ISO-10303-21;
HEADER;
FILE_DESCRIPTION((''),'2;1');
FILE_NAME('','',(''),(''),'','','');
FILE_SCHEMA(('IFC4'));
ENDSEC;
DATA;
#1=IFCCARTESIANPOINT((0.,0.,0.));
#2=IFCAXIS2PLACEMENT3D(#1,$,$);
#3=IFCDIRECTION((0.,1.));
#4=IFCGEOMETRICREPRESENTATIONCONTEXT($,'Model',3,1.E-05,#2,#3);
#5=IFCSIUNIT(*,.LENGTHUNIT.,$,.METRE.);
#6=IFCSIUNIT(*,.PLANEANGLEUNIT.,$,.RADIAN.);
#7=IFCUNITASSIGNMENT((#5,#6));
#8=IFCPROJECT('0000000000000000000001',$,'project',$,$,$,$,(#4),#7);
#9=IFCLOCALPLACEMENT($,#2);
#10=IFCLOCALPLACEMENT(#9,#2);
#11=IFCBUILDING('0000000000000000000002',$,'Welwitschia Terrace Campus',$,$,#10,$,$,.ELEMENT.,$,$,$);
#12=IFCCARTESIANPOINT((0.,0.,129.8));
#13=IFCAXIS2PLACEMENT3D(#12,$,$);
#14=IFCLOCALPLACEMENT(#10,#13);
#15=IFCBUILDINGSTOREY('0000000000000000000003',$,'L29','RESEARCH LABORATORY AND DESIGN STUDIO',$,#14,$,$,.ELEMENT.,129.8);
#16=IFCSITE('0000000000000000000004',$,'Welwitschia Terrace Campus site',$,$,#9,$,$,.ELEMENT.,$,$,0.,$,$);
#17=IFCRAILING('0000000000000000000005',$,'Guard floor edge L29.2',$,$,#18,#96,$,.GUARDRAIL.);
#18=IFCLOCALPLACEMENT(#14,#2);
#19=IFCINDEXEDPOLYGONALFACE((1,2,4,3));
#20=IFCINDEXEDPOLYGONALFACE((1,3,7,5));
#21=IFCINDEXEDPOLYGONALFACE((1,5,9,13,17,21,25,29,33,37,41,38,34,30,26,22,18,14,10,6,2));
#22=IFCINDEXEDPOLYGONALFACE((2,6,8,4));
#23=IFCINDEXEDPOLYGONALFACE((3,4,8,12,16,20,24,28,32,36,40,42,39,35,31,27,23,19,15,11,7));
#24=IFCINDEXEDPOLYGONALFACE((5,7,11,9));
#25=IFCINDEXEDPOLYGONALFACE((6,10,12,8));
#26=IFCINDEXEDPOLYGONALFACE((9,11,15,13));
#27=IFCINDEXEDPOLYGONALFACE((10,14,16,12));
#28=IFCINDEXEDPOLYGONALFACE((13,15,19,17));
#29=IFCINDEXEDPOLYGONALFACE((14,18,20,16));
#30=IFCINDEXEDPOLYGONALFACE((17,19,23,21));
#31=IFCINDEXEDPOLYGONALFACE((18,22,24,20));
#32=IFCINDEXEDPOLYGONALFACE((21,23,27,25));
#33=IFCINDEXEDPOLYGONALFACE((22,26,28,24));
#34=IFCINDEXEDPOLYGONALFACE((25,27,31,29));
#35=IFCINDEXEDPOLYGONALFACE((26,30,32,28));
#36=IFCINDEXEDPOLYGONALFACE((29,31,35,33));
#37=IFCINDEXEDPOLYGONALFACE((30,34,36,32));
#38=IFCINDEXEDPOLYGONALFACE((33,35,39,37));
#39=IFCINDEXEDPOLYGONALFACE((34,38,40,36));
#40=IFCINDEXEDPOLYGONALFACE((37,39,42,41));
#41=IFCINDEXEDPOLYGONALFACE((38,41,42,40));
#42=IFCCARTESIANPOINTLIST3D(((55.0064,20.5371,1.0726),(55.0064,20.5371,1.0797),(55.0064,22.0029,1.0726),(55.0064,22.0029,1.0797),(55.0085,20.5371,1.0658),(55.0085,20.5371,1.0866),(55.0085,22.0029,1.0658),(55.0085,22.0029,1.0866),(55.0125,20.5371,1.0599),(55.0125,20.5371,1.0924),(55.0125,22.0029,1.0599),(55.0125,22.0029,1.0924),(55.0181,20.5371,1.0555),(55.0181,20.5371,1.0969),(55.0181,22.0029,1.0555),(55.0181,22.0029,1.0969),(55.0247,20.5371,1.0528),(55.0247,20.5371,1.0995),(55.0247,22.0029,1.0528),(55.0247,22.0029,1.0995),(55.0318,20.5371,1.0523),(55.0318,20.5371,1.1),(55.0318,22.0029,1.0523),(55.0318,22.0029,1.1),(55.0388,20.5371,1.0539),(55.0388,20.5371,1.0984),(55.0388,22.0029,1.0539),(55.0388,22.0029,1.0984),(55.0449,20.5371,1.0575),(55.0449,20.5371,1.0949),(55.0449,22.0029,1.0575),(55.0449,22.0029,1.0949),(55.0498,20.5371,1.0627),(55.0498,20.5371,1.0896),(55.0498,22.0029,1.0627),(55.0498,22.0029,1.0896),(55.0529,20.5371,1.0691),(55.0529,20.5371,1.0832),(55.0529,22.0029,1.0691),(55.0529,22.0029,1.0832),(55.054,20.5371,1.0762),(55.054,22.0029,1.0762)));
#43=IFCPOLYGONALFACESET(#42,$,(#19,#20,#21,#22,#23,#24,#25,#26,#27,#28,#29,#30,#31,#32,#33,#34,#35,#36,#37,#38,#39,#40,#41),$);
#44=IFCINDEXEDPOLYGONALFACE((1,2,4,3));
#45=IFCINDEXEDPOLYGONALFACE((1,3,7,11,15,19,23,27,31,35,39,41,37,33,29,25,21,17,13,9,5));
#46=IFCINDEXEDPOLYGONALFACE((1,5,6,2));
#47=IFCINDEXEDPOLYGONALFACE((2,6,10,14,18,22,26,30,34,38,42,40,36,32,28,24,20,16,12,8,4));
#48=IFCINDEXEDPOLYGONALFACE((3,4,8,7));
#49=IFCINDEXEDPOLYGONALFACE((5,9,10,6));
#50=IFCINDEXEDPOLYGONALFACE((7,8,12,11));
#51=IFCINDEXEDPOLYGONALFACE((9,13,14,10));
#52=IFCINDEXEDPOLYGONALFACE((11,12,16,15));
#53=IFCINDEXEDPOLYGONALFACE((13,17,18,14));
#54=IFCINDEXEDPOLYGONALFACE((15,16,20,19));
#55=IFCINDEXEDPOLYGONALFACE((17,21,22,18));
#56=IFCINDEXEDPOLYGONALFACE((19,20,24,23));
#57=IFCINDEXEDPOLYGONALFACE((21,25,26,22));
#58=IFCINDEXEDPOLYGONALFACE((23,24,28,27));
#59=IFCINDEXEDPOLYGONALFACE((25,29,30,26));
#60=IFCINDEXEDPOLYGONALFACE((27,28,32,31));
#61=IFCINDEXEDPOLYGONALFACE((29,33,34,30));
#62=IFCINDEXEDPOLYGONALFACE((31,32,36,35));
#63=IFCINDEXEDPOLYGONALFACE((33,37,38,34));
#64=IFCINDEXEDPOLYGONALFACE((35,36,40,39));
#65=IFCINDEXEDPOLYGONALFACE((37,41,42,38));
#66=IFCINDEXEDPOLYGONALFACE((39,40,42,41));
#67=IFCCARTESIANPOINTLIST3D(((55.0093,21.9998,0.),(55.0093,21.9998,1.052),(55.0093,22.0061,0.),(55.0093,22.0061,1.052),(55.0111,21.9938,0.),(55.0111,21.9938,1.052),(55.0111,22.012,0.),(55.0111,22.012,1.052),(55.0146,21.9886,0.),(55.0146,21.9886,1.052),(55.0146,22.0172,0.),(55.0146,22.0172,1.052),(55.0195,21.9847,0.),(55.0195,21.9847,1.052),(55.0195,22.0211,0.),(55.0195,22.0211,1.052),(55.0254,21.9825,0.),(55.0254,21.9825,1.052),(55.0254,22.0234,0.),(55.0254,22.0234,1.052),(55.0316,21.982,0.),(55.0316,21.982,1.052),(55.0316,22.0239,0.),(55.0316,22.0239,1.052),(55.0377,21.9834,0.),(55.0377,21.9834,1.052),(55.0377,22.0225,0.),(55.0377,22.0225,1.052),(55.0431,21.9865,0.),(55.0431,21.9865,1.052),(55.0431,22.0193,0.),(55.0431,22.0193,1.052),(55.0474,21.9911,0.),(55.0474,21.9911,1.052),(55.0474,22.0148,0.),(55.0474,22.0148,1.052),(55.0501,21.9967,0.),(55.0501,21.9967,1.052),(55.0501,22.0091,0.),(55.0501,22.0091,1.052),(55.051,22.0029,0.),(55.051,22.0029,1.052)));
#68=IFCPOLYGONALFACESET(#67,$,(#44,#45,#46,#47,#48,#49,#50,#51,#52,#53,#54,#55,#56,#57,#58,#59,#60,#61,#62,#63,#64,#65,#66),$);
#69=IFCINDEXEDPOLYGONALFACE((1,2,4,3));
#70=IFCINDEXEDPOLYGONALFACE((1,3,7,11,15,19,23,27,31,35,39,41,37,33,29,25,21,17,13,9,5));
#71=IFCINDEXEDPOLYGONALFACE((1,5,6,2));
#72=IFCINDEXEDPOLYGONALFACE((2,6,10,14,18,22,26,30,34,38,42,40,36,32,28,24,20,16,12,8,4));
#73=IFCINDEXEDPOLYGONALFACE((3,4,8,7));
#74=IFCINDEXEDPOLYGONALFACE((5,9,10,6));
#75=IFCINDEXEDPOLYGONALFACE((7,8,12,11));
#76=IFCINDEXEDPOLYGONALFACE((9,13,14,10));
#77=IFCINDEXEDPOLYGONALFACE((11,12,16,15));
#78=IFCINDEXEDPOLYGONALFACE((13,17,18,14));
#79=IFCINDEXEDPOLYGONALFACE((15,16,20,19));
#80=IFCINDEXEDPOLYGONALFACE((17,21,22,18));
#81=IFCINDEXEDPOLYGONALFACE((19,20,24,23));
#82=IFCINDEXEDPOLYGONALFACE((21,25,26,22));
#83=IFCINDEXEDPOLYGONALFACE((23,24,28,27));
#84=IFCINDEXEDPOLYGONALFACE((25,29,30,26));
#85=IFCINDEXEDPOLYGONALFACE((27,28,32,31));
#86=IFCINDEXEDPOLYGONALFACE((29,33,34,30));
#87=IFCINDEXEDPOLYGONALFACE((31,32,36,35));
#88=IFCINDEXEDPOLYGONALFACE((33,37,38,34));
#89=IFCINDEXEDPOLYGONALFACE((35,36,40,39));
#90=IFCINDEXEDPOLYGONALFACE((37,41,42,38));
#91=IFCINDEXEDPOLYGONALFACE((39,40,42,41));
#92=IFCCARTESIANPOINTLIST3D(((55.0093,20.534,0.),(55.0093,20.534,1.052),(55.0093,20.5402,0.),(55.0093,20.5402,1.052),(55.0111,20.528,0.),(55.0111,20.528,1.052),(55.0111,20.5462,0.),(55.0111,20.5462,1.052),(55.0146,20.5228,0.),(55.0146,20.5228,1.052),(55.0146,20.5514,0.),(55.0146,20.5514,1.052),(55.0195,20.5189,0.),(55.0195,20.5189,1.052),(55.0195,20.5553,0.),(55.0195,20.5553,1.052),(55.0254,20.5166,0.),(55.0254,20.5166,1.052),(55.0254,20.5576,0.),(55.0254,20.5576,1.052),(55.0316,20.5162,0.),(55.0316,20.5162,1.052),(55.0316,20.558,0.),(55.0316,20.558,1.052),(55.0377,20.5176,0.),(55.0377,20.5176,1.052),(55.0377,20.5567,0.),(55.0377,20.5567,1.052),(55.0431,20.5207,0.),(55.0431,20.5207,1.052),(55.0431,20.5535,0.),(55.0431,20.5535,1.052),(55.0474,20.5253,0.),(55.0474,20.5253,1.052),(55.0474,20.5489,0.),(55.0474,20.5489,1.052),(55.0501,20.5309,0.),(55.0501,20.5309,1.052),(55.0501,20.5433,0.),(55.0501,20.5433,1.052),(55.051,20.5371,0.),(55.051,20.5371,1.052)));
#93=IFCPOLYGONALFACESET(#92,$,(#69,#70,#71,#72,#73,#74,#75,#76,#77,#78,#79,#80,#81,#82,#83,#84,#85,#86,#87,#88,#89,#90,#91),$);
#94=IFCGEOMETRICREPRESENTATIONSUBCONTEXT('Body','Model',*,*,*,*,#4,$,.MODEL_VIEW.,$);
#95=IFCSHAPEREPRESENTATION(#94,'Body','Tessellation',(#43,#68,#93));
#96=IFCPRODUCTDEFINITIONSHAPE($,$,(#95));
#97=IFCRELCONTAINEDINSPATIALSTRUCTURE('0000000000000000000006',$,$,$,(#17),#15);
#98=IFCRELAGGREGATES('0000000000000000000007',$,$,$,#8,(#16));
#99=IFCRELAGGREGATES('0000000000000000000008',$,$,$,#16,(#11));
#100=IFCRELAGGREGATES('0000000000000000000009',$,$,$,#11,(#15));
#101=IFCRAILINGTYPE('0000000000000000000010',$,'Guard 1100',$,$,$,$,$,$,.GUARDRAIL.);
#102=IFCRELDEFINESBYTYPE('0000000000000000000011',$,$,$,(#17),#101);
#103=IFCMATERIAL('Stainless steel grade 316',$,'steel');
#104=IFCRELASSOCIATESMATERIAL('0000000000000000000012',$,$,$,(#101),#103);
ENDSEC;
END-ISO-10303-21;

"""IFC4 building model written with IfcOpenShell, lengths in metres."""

from ifc_helpers import new_model, si_unit, direction, frame, origin, origin_2d, place, context, subcontext, project, spatial, circle, extrude, material, type_object, element, save


model = new_model("IFC4")

# Units and contexts
model_context = context("Model", 3, precision=1e-05, world=origin(), true_north=direction((0.0, 1.0)))
body_context = subcontext(model_context, "Body", "Model", "MODEL_VIEW")
ifc_project = project(units=[si_unit("LENGTHUNIT", "METRE"), si_unit("PLANEANGLEUNIT", "RADIAN")], contexts=[model_context])

# Site, building, storey
site_placement = place(None, origin())
site = spatial("IfcSite", under=ifc_project, at=site_placement, Name="Welwitschia Terrace Campus site", CompositionType="ELEMENT", RefElevation=0.0)
building_placement = place(site_placement, origin())
building = spatial("IfcBuilding", under=site, at=building_placement, Name="Welwitschia Terrace Campus", CompositionType="ELEMENT")
storey_placement = place(building_placement, frame((0.0, 0.0, 129.8)))
storey = spatial("IfcBuildingStorey", under=building, at=storey_placement, Name="L29", Description="RESEARCH LABORATORY AND DESIGN STUDIO", CompositionType="ELEMENT", Elevation=129.8)

# Railing
ifc_material_1 = material(Name="Stainless steel grade 316", Category="steel")
railing_type = type_object("IfcRailingType", Name="Guard 1100", PredefinedType="GUARDRAIL", material=ifc_material_1)
railing_1_placement = place(storey_placement, frame((55.03, 22.0029, 0.0)))
element("IfcRailing", 1, at=railing_1_placement, inside=storey, type_object=railing_type, Name="Guard floor edge L29.2", PredefinedType="GUARDRAIL", context=body_context, shape_type="SweptSolid", body=[
    extrude(circle(Radius=0.0239, at=origin_2d()), frame((0.0, 0.0, 1.0762), z_axis=(0.0, -1.0, 0.0), x_axis=(1.0, 0.0, 0.0)), (0.0, 0.0, 1.0), 1.4658),
    extrude(circle(Radius=0.021, at=origin_2d()), origin(), (0.0, 0.0, 1.0), 1.052),
    extrude(circle(Radius=0.021, at=origin_2d()), frame((0.0, -1.4658, 0.0)), (0.0, 0.0, 1.0), 1.052),
])

save(model, "model.ifc")
